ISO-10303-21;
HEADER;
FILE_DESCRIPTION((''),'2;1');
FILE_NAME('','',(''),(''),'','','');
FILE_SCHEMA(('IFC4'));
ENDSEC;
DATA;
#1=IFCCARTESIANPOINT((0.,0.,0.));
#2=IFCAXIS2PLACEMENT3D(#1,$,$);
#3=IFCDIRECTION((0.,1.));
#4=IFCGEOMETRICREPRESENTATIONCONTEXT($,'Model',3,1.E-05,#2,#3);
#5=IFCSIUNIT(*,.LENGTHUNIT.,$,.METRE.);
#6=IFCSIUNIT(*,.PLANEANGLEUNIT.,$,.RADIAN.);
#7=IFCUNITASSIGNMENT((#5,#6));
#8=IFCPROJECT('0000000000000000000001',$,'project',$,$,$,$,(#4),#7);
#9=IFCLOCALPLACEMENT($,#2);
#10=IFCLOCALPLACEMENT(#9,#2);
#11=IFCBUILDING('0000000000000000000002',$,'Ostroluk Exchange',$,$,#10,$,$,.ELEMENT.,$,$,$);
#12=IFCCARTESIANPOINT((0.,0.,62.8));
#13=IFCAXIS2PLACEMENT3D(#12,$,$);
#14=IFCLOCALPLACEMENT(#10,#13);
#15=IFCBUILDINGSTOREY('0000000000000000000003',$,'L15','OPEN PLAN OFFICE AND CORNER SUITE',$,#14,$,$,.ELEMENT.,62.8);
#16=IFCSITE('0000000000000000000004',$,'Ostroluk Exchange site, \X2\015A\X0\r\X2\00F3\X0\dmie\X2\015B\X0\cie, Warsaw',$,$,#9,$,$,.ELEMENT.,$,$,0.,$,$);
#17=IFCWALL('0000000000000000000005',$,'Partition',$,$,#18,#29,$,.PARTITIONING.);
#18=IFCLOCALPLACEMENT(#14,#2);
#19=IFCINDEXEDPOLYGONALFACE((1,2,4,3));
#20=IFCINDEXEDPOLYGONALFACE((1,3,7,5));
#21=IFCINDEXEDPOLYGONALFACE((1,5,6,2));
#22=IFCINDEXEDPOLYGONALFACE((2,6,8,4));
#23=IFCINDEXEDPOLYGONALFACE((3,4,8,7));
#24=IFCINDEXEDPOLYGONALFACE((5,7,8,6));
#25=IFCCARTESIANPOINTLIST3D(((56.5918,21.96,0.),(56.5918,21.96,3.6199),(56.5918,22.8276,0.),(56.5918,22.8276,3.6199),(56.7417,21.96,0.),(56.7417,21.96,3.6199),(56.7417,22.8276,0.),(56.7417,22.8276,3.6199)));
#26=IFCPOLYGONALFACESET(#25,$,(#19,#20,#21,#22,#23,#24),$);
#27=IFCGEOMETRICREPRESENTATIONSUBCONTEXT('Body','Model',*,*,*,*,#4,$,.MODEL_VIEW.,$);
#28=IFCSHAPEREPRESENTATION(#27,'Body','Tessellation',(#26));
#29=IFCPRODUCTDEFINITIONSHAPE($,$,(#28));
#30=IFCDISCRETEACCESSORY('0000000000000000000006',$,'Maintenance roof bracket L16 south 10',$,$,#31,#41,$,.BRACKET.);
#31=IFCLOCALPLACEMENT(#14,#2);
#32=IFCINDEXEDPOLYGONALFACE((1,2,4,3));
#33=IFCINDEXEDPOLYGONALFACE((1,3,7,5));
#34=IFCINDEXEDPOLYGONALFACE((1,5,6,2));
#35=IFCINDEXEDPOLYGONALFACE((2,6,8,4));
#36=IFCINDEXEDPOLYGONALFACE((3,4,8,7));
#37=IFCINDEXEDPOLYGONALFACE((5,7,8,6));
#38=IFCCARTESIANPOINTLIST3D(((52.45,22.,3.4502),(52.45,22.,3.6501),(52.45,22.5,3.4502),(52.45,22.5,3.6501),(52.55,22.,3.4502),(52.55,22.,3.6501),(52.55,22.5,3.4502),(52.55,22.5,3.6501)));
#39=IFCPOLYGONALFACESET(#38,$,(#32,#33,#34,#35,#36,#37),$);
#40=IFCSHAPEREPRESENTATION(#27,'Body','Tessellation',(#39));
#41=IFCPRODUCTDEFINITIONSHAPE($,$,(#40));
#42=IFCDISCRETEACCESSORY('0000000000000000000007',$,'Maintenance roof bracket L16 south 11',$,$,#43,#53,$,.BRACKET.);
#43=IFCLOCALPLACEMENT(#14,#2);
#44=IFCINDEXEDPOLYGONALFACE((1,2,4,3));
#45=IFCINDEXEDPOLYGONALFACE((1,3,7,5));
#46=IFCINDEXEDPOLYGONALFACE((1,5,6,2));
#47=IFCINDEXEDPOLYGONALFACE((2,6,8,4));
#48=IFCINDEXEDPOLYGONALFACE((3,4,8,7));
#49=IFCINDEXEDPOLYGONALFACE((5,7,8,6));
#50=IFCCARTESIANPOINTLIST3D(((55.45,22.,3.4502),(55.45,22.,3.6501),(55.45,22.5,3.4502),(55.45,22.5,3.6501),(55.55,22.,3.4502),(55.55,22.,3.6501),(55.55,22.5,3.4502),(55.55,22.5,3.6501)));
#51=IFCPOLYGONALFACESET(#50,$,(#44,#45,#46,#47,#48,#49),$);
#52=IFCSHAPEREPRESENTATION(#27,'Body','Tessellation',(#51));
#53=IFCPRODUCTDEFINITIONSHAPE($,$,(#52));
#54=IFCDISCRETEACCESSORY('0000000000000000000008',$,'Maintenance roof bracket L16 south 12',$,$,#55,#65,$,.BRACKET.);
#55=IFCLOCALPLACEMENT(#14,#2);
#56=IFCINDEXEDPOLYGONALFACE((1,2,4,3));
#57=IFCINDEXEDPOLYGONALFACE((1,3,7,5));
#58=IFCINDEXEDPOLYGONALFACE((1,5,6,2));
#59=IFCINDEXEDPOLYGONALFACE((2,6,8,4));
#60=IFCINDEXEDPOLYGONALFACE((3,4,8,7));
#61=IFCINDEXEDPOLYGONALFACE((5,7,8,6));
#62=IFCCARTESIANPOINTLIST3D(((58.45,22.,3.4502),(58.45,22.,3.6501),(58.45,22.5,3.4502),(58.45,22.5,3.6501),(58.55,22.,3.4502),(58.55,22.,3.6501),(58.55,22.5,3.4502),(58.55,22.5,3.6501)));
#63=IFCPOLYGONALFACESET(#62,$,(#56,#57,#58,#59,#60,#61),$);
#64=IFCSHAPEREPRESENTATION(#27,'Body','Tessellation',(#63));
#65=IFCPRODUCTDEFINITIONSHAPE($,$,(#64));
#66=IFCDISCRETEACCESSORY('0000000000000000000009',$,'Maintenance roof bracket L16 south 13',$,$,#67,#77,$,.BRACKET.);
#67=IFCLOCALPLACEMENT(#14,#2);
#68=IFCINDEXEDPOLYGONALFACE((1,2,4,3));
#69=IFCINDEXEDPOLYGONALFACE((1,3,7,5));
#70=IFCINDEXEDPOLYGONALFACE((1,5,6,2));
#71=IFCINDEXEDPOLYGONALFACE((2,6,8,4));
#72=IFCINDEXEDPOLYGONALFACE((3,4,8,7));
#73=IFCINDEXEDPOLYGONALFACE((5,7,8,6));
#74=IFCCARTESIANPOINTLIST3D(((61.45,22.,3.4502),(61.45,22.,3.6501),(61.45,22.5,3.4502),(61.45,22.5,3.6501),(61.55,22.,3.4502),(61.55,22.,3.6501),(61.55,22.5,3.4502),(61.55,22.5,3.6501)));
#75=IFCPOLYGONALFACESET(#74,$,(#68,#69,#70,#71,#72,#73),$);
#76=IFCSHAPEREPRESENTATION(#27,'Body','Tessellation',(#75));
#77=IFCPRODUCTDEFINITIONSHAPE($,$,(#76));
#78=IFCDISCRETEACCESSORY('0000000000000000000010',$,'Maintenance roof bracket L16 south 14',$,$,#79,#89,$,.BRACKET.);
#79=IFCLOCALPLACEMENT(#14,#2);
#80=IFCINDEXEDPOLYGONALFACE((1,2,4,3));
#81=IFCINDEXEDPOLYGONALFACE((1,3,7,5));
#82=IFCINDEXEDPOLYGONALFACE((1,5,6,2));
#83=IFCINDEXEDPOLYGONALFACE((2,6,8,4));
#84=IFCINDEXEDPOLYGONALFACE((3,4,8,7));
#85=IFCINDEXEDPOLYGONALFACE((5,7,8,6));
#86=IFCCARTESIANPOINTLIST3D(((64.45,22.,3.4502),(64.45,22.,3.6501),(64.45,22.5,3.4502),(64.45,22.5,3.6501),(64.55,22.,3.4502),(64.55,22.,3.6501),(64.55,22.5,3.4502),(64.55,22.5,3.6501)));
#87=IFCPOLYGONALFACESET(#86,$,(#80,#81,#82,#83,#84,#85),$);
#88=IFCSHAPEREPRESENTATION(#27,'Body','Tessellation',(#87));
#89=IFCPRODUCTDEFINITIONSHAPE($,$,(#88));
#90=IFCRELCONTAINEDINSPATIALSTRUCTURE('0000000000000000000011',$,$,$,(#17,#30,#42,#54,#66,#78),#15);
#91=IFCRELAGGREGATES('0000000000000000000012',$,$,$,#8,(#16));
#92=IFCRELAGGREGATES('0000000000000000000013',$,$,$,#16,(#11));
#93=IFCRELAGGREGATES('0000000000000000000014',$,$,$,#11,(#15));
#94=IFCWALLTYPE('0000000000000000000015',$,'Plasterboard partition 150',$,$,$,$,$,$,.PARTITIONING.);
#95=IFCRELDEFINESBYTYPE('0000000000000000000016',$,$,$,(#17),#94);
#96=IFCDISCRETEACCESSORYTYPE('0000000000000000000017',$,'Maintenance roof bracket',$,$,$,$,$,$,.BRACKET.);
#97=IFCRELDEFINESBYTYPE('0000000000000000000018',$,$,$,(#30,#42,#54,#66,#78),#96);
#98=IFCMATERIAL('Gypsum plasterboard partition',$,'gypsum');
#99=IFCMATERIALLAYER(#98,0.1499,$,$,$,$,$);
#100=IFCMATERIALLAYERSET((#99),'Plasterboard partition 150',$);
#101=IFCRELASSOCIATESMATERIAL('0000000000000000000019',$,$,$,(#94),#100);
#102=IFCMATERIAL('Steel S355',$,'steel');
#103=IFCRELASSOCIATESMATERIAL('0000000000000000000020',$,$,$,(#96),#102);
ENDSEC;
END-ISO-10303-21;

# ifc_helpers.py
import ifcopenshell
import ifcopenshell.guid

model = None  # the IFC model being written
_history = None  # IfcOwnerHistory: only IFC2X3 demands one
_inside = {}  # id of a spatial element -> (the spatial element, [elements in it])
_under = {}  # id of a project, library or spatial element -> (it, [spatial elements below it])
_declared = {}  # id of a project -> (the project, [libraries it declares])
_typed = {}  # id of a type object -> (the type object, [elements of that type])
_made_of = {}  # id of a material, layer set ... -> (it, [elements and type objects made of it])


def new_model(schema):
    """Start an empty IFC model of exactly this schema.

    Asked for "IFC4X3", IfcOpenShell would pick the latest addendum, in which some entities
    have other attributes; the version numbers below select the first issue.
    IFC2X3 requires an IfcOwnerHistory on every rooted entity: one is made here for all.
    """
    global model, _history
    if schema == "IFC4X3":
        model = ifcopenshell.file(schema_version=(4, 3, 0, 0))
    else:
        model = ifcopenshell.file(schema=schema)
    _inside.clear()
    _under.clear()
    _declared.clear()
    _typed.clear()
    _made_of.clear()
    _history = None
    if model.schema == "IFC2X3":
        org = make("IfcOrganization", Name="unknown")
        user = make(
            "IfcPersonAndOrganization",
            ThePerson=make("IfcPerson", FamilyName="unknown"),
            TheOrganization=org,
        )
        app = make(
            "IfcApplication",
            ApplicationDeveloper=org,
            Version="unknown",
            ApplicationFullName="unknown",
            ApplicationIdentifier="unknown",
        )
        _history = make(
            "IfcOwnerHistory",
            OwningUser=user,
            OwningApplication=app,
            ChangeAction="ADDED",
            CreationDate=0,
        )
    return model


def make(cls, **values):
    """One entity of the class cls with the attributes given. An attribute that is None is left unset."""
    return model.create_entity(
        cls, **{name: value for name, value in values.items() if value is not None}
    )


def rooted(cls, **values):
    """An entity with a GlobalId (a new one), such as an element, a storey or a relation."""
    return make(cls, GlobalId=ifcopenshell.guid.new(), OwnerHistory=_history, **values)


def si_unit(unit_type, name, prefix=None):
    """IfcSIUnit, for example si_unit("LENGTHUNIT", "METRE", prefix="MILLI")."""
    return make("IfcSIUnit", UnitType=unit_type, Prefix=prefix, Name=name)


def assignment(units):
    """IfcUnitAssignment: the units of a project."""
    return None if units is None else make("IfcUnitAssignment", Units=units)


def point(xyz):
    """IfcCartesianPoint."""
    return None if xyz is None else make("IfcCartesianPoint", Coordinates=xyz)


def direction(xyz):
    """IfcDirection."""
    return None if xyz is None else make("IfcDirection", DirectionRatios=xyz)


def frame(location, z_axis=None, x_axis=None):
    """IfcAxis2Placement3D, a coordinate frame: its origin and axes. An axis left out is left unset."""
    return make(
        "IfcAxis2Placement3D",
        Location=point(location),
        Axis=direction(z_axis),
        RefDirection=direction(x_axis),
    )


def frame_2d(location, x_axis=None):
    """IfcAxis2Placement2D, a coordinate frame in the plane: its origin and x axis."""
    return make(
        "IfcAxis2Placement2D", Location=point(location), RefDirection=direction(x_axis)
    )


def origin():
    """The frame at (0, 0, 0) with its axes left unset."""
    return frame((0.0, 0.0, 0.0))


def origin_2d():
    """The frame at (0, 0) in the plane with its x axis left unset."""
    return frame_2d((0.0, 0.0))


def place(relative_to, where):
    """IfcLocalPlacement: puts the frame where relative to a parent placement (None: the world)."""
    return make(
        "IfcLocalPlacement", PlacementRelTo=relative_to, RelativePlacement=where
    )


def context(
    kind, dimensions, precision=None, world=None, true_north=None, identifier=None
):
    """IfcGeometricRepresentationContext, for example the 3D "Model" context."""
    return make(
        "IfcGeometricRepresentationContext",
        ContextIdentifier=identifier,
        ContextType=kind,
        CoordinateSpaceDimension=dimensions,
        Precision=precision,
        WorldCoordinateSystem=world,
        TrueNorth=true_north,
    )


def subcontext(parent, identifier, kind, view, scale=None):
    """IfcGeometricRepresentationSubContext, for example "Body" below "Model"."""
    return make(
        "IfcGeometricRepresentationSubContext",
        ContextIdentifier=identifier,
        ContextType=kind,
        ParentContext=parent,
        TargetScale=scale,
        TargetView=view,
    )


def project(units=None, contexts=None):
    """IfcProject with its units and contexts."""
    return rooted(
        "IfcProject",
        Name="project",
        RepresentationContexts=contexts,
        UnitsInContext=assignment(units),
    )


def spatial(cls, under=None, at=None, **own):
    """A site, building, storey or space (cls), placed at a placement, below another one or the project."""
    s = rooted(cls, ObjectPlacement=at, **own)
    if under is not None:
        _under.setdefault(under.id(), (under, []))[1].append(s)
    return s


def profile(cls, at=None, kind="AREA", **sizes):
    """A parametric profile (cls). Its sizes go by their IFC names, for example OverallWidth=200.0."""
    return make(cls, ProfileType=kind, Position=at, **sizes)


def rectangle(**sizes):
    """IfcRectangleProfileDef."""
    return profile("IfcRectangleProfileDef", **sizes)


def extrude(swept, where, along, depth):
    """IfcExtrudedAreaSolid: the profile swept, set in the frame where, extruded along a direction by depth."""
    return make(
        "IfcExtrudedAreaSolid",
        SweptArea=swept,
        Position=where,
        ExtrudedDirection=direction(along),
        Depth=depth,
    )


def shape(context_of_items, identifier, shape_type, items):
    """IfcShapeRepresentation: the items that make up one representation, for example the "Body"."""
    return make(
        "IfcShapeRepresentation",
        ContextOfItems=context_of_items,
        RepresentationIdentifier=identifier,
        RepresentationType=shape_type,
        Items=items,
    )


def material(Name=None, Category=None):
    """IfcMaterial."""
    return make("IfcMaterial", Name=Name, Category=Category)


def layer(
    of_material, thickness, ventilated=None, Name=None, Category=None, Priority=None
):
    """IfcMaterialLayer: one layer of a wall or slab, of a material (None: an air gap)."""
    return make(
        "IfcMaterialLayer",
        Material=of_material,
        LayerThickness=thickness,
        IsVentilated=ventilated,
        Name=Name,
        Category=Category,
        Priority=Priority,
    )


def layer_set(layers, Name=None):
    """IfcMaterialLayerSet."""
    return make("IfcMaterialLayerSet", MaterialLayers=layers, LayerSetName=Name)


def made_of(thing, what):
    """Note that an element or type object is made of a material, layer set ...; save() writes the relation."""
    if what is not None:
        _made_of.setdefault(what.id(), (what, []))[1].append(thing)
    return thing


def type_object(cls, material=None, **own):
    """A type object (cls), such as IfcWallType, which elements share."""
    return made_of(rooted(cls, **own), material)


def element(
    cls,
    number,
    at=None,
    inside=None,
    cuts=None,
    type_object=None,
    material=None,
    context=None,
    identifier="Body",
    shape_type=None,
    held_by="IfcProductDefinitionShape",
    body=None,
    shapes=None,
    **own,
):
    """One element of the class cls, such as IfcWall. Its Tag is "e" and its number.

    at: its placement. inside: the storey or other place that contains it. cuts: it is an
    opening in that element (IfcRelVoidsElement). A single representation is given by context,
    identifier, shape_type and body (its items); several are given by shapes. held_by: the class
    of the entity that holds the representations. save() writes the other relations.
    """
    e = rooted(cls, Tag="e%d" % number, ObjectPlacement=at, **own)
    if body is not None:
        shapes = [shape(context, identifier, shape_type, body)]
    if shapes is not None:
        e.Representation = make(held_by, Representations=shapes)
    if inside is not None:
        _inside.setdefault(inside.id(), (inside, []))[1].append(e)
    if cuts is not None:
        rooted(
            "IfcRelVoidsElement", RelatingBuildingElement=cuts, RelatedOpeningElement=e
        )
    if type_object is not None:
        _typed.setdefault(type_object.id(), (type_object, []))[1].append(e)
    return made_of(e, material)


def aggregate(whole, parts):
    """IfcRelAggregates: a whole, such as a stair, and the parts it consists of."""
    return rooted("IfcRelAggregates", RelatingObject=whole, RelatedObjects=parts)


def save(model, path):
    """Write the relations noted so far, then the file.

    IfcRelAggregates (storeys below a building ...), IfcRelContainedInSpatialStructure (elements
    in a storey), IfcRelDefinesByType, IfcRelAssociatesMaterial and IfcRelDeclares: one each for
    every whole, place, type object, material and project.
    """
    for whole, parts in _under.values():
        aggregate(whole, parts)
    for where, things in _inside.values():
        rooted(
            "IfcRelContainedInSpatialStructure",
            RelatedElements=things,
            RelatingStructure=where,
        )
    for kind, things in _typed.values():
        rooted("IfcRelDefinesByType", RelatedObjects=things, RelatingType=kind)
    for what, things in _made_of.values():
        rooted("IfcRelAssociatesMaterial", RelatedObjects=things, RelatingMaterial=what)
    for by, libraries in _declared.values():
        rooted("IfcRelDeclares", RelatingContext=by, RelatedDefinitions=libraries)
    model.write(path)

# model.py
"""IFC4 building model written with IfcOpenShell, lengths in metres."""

from ifc_helpers import new_model, si_unit, direction, frame, frame_2d, origin, origin_2d, place, context, subcontext, project, spatial, rectangle, extrude, material, layer, layer_set, type_object, element, save


model = new_model("IFC4")

# Units and contexts
model_context = context("Model", 3, precision=1e-05, world=origin(), true_north=direction((0.0, 1.0)))
body_context = subcontext(model_context, "Body", "Model", "MODEL_VIEW")
ifc_project = project(units=[si_unit("LENGTHUNIT", "METRE"), si_unit("PLANEANGLEUNIT", "RADIAN")], contexts=[model_context])

# Site, building, storey
site_placement = place(None, origin())
site = spatial("IfcSite", under=ifc_project, at=site_placement, Name="Ostroluk Exchange site, Śródmieście, Warsaw", CompositionType="ELEMENT", RefElevation=0.0)
building_placement = place(site_placement, origin())
building = spatial("IfcBuilding", under=site, at=building_placement, Name="Ostroluk Exchange", CompositionType="ELEMENT")
storey_placement = place(building_placement, frame((0.0, 0.0, 62.8)))
storey = spatial("IfcBuildingStorey", under=building, at=storey_placement, Name="L15", Description="OPEN PLAN OFFICE AND CORNER SUITE", CompositionType="ELEMENT", Elevation=62.8)

# Wall
ifc_material_1 = material(Name="Gypsum plasterboard partition", Category="gypsum")
ifc_layer_1 = layer(ifc_material_1, 0.1499)
ifc_layer_set_1 = layer_set([ifc_layer_1], Name="Plasterboard partition 150")
wall_type_1 = type_object("IfcWallType", Name="Plasterboard partition 150", PredefinedType="PARTITIONING", material=ifc_layer_set_1)
wall_1_placement = place(storey_placement, frame((56.6667, 22.8276, 0.0), z_axis=(0.0, 0.0, 1.0), x_axis=(0.0, -1.0, 0.0)))
element("IfcWall", 1, at=wall_1_placement, inside=storey, type_object=wall_type_1, Name="Partition", PredefinedType="PARTITIONING", context=body_context, shape_type="SweptSolid", body=[
    extrude(rectangle(XDim=0.8677, YDim=0.1499, at=frame_2d((0.4338, 0.0))), origin(), (0.0, 0.0, 1.0), 3.6199),
])

# Discrete accessories
ifc_material_2 = material(Name="Steel S355", Category="steel")
discrete_accessory_type = type_object("IfcDiscreteAccessoryType", Name="Maintenance roof bracket", PredefinedType="BRACKET", material=ifc_material_2)
for number, where, z_axis, x_axis, name in (
    (2, (52.5, 22.25, 3.4502), (0.0, 0.0, 1.0), (1.0, 0.0, 0.0), "Maintenance roof bracket L16 south 10"),
    (3, (55.5, 22.25, 3.4502), (0.0, 0.0, 1.0), (1.0, 0.0, 0.0), "Maintenance roof bracket L16 south 11"),
    (4, (58.5, 22.25, 3.4502), (0.0, 0.0, 1.0), (1.0, 0.0, 0.0), "Maintenance roof bracket L16 south 12"),
    (5, (61.5, 22.25, 3.4502), (0.0, 0.0, 1.0), (1.0, 0.0, 0.0), "Maintenance roof bracket L16 south 13"),
    (6, (64.5, 22.25, 3.4502), (0.0, 0.0, 1.0), (1.0, 0.0, 0.0), "Maintenance roof bracket L16 south 14"),
):
    element("IfcDiscreteAccessory", number, at=place(storey_placement, frame(where, z_axis=z_axis, x_axis=x_axis)), inside=storey, type_object=discrete_accessory_type, Name=name, PredefinedType="BRACKET", context=body_context, shape_type="SweptSolid", body=[
        extrude(rectangle(XDim=0.1001, YDim=0.5, at=origin_2d()), origin(), (0.0, 0.0, 1.0), 0.2),
    ])

save(model, "model.ifc")
